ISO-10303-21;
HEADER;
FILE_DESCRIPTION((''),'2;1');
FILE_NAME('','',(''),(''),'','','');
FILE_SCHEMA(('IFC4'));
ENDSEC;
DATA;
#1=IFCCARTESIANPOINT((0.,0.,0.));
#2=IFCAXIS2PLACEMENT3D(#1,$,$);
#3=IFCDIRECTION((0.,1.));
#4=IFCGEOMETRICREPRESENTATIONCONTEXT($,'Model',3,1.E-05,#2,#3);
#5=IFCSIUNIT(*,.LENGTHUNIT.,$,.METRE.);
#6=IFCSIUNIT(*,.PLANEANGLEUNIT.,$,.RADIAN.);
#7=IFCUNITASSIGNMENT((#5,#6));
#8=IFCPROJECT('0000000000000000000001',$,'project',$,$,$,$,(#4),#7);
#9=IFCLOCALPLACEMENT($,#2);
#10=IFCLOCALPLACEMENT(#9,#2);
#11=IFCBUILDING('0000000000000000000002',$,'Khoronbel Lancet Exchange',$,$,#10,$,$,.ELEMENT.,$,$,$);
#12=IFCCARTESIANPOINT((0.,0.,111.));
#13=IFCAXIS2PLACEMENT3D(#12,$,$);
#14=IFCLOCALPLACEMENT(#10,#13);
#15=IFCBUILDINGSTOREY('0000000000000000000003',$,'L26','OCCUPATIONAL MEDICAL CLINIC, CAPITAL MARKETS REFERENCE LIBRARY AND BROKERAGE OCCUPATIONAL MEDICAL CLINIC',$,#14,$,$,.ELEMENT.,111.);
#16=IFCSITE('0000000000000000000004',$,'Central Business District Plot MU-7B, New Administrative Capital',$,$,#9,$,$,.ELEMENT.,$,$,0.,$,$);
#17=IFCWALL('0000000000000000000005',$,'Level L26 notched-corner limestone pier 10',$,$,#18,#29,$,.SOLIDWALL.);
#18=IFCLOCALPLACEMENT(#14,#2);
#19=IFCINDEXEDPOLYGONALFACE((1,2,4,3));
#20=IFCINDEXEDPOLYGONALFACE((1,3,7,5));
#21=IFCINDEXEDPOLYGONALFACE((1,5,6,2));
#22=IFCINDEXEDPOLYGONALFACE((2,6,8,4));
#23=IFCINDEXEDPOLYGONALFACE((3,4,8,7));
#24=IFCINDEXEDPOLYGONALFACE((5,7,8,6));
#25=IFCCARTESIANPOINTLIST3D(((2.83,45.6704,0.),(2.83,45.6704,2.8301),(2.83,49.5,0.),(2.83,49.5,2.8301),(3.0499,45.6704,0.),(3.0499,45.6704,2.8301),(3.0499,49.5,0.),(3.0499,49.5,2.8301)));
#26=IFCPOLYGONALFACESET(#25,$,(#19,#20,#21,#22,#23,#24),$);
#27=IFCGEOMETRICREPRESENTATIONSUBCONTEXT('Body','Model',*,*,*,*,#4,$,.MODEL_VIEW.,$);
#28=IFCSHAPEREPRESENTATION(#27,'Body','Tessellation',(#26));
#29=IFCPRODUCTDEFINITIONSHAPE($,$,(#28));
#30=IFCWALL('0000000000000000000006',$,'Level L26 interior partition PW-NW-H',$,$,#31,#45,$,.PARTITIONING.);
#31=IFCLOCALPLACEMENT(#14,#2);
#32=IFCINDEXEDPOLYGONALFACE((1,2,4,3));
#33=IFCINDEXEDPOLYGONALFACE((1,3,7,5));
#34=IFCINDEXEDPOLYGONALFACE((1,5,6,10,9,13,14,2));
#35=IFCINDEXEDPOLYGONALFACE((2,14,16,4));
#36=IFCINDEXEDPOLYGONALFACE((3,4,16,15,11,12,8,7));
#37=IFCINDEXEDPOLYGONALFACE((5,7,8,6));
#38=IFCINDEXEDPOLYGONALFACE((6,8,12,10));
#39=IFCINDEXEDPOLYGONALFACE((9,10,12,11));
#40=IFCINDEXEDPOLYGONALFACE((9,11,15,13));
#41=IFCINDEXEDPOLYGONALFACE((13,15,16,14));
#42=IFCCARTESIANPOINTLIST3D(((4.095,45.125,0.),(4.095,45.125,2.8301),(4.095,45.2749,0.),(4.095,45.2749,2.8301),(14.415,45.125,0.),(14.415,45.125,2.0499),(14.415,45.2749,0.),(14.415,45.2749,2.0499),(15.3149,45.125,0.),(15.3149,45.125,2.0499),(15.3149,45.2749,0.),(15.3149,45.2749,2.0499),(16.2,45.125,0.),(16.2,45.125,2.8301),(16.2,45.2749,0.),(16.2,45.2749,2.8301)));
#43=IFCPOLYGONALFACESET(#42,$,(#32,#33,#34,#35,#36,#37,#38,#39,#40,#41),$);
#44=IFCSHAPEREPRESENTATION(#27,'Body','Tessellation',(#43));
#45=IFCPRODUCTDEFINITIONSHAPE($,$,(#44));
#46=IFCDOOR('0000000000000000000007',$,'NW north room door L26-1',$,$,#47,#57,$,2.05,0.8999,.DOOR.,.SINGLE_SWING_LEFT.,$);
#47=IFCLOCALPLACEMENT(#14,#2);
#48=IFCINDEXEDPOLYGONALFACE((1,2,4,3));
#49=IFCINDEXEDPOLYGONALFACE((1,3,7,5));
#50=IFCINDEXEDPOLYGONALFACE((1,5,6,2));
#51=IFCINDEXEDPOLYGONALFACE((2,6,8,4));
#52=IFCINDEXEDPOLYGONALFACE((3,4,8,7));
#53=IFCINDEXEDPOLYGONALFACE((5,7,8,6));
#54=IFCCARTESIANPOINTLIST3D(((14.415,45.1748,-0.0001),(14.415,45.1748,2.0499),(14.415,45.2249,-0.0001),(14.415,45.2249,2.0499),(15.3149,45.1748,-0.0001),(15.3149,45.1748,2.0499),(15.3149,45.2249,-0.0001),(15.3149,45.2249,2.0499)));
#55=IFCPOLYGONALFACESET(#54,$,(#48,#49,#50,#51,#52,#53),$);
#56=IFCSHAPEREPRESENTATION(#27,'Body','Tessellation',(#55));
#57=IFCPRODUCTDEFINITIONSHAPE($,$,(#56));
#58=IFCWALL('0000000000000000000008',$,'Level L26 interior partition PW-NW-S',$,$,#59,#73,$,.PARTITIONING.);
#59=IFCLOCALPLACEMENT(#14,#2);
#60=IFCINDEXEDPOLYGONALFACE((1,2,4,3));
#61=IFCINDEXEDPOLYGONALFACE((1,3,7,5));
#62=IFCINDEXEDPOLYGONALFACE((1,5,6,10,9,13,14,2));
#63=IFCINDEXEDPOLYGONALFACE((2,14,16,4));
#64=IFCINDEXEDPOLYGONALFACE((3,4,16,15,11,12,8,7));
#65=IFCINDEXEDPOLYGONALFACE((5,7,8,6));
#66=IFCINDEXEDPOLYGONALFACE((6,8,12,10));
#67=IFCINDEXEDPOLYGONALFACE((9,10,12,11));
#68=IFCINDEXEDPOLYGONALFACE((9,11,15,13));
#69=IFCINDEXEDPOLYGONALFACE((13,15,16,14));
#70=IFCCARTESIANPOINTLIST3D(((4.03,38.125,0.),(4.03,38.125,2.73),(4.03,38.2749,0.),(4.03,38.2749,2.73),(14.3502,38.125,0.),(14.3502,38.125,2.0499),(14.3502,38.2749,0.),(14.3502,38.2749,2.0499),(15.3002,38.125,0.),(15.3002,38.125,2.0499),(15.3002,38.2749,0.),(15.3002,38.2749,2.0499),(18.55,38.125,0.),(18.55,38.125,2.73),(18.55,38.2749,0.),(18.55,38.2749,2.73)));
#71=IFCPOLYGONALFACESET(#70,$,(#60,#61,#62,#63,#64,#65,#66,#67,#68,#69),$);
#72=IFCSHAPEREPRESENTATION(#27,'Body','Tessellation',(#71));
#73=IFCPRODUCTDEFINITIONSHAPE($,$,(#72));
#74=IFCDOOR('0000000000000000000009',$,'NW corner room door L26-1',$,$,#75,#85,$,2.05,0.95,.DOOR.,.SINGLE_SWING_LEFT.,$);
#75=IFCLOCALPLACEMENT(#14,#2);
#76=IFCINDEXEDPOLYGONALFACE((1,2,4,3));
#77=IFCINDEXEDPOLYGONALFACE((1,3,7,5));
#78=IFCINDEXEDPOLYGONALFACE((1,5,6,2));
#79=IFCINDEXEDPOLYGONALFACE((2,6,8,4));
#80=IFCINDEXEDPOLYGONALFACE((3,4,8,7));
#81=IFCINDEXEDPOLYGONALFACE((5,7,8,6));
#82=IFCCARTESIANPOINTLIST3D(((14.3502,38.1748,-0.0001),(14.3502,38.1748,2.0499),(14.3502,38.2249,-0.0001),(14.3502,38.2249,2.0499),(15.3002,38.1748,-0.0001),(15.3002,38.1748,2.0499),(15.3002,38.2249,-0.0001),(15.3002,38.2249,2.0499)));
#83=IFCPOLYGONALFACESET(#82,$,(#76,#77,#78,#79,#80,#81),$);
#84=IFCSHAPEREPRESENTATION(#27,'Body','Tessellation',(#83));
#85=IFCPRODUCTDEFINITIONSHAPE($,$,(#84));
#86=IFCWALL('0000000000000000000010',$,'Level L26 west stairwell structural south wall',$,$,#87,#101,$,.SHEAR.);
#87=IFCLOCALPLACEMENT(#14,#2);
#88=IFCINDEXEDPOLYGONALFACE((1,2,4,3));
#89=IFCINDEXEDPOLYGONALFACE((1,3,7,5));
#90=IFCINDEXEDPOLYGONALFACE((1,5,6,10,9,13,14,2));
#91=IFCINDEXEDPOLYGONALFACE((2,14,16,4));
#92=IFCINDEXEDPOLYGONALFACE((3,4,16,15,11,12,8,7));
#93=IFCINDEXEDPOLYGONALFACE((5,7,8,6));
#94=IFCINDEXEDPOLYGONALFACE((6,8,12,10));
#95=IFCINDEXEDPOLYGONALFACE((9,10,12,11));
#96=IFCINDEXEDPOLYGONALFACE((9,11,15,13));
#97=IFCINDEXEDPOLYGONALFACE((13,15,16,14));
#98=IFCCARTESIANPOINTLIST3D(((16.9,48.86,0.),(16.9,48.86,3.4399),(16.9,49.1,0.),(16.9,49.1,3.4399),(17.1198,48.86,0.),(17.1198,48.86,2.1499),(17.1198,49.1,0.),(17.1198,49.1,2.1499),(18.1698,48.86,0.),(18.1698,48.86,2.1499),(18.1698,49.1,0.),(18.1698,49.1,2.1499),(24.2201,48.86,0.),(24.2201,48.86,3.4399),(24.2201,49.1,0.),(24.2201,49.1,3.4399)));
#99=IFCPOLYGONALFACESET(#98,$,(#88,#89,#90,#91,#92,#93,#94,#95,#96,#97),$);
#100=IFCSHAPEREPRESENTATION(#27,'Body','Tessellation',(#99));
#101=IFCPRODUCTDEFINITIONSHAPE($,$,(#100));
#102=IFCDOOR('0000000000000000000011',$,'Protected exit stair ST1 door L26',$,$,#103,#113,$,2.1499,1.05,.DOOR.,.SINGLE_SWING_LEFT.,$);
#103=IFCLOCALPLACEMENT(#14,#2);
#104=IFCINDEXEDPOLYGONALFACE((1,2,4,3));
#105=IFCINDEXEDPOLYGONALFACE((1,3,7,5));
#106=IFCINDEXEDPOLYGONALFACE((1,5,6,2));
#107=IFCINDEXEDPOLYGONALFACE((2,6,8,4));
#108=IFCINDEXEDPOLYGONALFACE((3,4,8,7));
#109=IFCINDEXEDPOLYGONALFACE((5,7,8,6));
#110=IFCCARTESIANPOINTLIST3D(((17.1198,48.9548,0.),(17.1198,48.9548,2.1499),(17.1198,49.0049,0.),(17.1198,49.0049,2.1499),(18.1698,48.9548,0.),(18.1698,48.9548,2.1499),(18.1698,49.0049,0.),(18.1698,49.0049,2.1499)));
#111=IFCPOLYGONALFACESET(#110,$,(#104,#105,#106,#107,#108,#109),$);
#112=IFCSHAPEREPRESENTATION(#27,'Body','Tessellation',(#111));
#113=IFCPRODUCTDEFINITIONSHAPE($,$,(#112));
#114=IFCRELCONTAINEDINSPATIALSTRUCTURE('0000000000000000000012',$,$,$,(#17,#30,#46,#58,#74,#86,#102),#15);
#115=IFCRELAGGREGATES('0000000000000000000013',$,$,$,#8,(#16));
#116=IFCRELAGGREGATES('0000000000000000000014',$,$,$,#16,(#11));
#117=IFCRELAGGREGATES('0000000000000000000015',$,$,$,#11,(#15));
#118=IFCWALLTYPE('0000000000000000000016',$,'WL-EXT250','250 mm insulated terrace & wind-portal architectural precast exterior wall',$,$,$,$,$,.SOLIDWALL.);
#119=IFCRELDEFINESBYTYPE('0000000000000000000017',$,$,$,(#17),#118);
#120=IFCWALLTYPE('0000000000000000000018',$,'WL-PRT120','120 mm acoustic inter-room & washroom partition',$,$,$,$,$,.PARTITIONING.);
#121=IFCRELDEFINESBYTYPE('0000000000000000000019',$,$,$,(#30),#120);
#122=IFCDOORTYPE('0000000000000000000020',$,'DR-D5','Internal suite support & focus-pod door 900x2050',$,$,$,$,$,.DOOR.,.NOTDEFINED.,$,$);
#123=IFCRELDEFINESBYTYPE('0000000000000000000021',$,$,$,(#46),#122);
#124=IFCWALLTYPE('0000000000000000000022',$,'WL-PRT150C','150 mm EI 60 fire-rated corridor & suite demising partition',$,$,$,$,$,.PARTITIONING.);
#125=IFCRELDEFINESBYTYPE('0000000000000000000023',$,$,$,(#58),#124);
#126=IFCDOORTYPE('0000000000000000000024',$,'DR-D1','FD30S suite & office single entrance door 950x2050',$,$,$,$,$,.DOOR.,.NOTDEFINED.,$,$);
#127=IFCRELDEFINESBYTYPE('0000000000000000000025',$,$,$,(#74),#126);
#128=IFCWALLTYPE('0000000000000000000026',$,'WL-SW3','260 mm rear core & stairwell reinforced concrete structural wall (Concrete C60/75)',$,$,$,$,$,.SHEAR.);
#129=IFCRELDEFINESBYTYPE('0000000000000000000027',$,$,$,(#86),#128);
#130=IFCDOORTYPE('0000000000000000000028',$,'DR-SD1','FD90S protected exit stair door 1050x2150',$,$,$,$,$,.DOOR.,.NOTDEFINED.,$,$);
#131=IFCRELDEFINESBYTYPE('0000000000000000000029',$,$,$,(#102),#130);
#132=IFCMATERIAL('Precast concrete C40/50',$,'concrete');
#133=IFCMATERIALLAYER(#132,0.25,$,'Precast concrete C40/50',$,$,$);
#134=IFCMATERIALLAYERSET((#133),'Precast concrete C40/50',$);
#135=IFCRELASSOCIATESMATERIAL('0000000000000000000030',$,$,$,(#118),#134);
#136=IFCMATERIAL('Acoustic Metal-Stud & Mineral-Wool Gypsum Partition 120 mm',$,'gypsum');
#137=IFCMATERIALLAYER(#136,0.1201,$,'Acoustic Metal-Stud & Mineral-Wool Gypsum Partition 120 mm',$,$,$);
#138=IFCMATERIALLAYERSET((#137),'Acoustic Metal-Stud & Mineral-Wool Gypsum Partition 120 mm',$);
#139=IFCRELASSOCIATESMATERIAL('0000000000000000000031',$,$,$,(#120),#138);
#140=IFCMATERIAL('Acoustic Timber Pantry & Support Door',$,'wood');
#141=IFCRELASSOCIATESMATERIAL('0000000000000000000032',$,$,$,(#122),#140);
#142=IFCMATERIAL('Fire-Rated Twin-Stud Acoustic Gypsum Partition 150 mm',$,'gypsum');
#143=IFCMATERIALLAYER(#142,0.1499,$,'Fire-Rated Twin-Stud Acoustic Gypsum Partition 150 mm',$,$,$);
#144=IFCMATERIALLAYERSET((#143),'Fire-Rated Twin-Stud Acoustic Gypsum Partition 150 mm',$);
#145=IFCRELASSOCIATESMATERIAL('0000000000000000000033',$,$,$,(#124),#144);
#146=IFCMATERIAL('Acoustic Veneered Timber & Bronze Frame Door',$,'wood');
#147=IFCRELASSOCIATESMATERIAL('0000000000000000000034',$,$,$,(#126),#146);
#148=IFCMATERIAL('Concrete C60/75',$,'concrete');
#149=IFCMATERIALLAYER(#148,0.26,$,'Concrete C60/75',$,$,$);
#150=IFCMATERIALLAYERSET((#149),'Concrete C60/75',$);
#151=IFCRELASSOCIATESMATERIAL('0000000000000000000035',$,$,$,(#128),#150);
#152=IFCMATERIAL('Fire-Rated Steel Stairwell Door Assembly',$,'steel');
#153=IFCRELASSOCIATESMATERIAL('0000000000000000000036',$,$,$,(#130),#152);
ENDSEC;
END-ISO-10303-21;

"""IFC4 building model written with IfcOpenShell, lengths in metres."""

from ifc_helpers import new_model, si_unit, direction, frame, frame_2d, origin, place, context, subcontext, project, spatial, rectangle, extrude, material, layer, layer_set, type_object, element, fill, save


model = new_model("IFC4")

# Units and contexts
model_context = context("Model", 3, precision=1e-05, world=origin(), true_north=direction((0.0, 1.0)))
body_context = subcontext(model_context, "Body", "Model", "MODEL_VIEW")
ifc_project = project(units=[si_unit("LENGTHUNIT", "METRE"), si_unit("PLANEANGLEUNIT", "RADIAN")], contexts=[model_context])

# Site, building, storey
site_placement = place(None, origin())
site = spatial("IfcSite", under=ifc_project, at=site_placement, Name="Central Business District Plot MU-7B, New Administrative Capital", CompositionType="ELEMENT", RefElevation=0.0)
building_placement = place(site_placement, origin())
building = spatial("IfcBuilding", under=site, at=building_placement, Name="Khoronbel Lancet Exchange", CompositionType="ELEMENT")
storey_placement = place(building_placement, frame((0.0, 0.0, 111.0)))
storey = spatial("IfcBuildingStorey", under=building, at=storey_placement, Name="L26", Description="OCCUPATIONAL MEDICAL CLINIC, CAPITAL MARKETS REFERENCE LIBRARY AND BROKERAGE OCCUPATIONAL MEDICAL CLINIC", CompositionType="ELEMENT", Elevation=111.0)

# Wall
ifc_material_1 = material(Name="Precast concrete C40/50", Category="concrete")
ifc_layer_1 = layer(ifc_material_1, 0.25, Name="Precast concrete C40/50")
ifc_layer_set_1 = layer_set([ifc_layer_1], Name="Precast concrete C40/50")
wall_type_1 = type_object("IfcWallType", Name="WL-EXT250", Description="250 mm insulated terrace & wind-portal architectural precast exterior wall", PredefinedType="SOLIDWALL", material=ifc_layer_set_1)
wall_1_placement = place(storey_placement, frame((2.9399, 45.6704, 0.0), z_axis=(0.0, 0.0, 1.0), x_axis=(0.0, 1.0, 0.0)))
element("IfcWall", 1, at=wall_1_placement, inside=storey, type_object=wall_type_1, Name="Level L26 notched-corner limestone pier 10", PredefinedType="SOLIDWALL", context=body_context, shape_type="SweptSolid", body=[
    extrude(rectangle(XDim=3.8296, YDim=0.22, at=frame_2d((1.9148, 0.0))), origin(), (0.0, 0.0, 1.0), 2.8301),
])

# Walls, openings, doors
ifc_material_2 = material(Name="Acoustic Metal-Stud & Mineral-Wool Gypsum Partition 120 mm", Category="gypsum")
ifc_layer_2 = layer(ifc_material_2, 0.1201, Name="Acoustic Metal-Stud & Mineral-Wool Gypsum Partition 120 mm")
ifc_layer_set_2 = layer_set([ifc_layer_2], Name="Acoustic Metal-Stud & Mineral-Wool Gypsum Partition 120 mm")
wall_type_2 = type_object("IfcWallType", Name="WL-PRT120", Description="120 mm acoustic inter-room & washroom partition", PredefinedType="PARTITIONING", material=ifc_layer_set_2)
wall_2_placement = place(storey_placement, frame((4.095, 45.2, 0.0), z_axis=(0.0, 0.0, 1.0), x_axis=(1.0, 0.0, 0.0)))
wall_2 = element("IfcWall", 2, at=wall_2_placement, inside=storey, type_object=wall_type_2, Name="Level L26 interior partition PW-NW-H", PredefinedType="PARTITIONING", context=body_context, shape_type="SweptSolid", body=[
    extrude(rectangle(XDim=12.105, YDim=0.1499, at=frame_2d((6.0525, 0.0))), origin(), (0.0, 0.0, 1.0), 2.8301),
])
opening_1_placement = place(wall_2_placement, frame((10.3201, 0.0, 0.0)))
opening_1 = element("IfcOpeningElement", 3, at=opening_1_placement, cuts=wall_2, PredefinedType="OPENING", context=body_context, shape_type="SweptSolid", body=[
    extrude(rectangle(XDim=0.8999, YDim=2.05, at=frame_2d((0.45, 1.0249))), frame((0.0, 0.085, 0.0), z_axis=(0.0, -1.0, 0.0), x_axis=(1.0, 0.0, 0.0)), (0.0, 0.0, 1.0), 0.1699),
])
ifc_material_3 = material(Name="Acoustic Timber Pantry & Support Door", Category="wood")
door_type_1 = type_object("IfcDoorType", Name="DR-D5", Description="Internal suite support & focus-pod door 900x2050", OperationType="NOTDEFINED", PredefinedType="DOOR", material=ifc_material_3)
door_1_placement = place(opening_1_placement, origin())
door_1 = element("IfcDoor", 4, at=door_1_placement, inside=storey, type_object=door_type_1, Name="NW north room door L26-1", OperationType="SINGLE_SWING_LEFT", OverallHeight=2.05, OverallWidth=0.8999, PredefinedType="DOOR", context=body_context, shape_type="SweptSolid", body=[
    extrude(rectangle(XDim=0.8999, YDim=2.05, at=frame_2d((0.45, 1.0249))), frame((0.0, 0.0249, 0.0), z_axis=(0.0, -1.0, 0.0), x_axis=(1.0, 0.0, 0.0)), (0.0, 0.0, 1.0), 0.05),
])
fill(opening_1, door_1)
ifc_material_4 = material(Name="Fire-Rated Twin-Stud Acoustic Gypsum Partition 150 mm", Category="gypsum")
ifc_layer_3 = layer(ifc_material_4, 0.1499, Name="Fire-Rated Twin-Stud Acoustic Gypsum Partition 150 mm")
ifc_layer_set_3 = layer_set([ifc_layer_3], Name="Fire-Rated Twin-Stud Acoustic Gypsum Partition 150 mm")
wall_type_3 = type_object("IfcWallType", Name="WL-PRT150C", Description="150 mm EI 60 fire-rated corridor & suite demising partition", PredefinedType="PARTITIONING", material=ifc_layer_set_3)
wall_3_placement = place(storey_placement, frame((4.03, 38.2, 0.0), z_axis=(0.0, 0.0, 1.0), x_axis=(1.0, 0.0, 0.0)))
wall_3 = element("IfcWall", 5, at=wall_3_placement, inside=storey, type_object=wall_type_3, Name="Level L26 interior partition PW-NW-S", PredefinedType="PARTITIONING", context=body_context, shape_type="SweptSolid", body=[
    extrude(rectangle(XDim=14.52, YDim=0.1499, at=frame_2d((7.26, 0.0))), origin(), (0.0, 0.0, 1.0), 2.73),
])
opening_2_placement = place(wall_3_placement, frame((10.3201, 0.0, 0.0)))
opening_2 = element("IfcOpeningElement", 6, at=opening_2_placement, cuts=wall_3, PredefinedType="OPENING", context=body_context, shape_type="SweptSolid", body=[
    extrude(rectangle(XDim=0.95, YDim=2.05, at=frame_2d((0.4751, 1.0249))), frame((0.0, 0.085, 0.0), z_axis=(0.0, -1.0, 0.0), x_axis=(1.0, 0.0, 0.0)), (0.0, 0.0, 1.0), 0.1699),
])
ifc_material_5 = material(Name="Acoustic Veneered Timber & Bronze Frame Door", Category="wood")
door_type_2 = type_object("IfcDoorType", Name="DR-D1", Description="FD30S suite & office single entrance door 950x2050", OperationType="NOTDEFINED", PredefinedType="DOOR", material=ifc_material_5)
door_2_placement = place(opening_2_placement, origin())
door_2 = element("IfcDoor", 7, at=door_2_placement, inside=storey, type_object=door_type_2, Name="NW corner room door L26-1", OperationType="SINGLE_SWING_LEFT", OverallHeight=2.05, OverallWidth=0.95, PredefinedType="DOOR", context=body_context, shape_type="SweptSolid", body=[
    extrude(rectangle(XDim=0.95, YDim=2.05, at=frame_2d((0.4751, 1.0249))), frame((0.0, 0.0249, 0.0), z_axis=(0.0, -1.0, 0.0), x_axis=(1.0, 0.0, 0.0)), (0.0, 0.0, 1.0), 0.05),
])
fill(opening_2, door_2)
ifc_material_6 = material(Name="Concrete C60/75", Category="concrete")
ifc_layer_4 = layer(ifc_material_6, 0.26, Name="Concrete C60/75")
ifc_layer_set_4 = layer_set([ifc_layer_4], Name="Concrete C60/75")
wall_type_4 = type_object("IfcWallType", Name="WL-SW3", Description="260 mm rear core & stairwell reinforced concrete structural wall (Concrete C60/75)", PredefinedType="SHEAR", material=ifc_layer_set_4)
wall_4_placement = place(storey_placement, frame((16.8999, 48.98, 0.0), z_axis=(0.0, 0.0, 1.0), x_axis=(1.0, 0.0, 0.0)))
wall_4 = element("IfcWall", 8, at=wall_4_placement, inside=storey, type_object=wall_type_4, Name="Level L26 west stairwell structural south wall", PredefinedType="SHEAR", context=body_context, shape_type="SweptSolid", body=[
    extrude(rectangle(XDim=7.3201, YDim=0.24, at=frame_2d((3.6602, 0.0))), origin(), (0.0, 0.0, 1.0), 3.4399),
])
opening_3_placement = place(wall_4_placement, frame((0.22, 0.0, 0.0)))
opening_3 = element("IfcOpeningElement", 9, at=opening_3_placement, cuts=wall_4, PredefinedType="OPENING", context=body_context, shape_type="SweptSolid", body=[
    extrude(rectangle(XDim=1.05, YDim=2.1499, at=frame_2d((0.5249, 1.075))), frame((0.0, 0.1299, 0.0), z_axis=(0.0, -1.0, 0.0), x_axis=(1.0, 0.0, 0.0)), (0.0, 0.0, 1.0), 0.26),
])
ifc_material_7 = material(Name="Fire-Rated Steel Stairwell Door Assembly", Category="steel")
door_type_3 = type_object("IfcDoorType", Name="DR-SD1", Description="FD90S protected exit stair door 1050x2150", OperationType="NOTDEFINED", PredefinedType="DOOR", material=ifc_material_7)
door_3_placement = place(opening_3_placement, origin())
door_3 = element("IfcDoor", 10, at=door_3_placement, inside=storey, type_object=door_type_3, Name="Protected exit stair ST1 door L26", OperationType="SINGLE_SWING_LEFT", OverallHeight=2.1499, OverallWidth=1.05, PredefinedType="DOOR", context=body_context, shape_type="SweptSolid", body=[
    extrude(rectangle(XDim=1.05, YDim=2.1499, at=frame_2d((0.5249, 1.075))), frame((0.0, 0.0249, 0.0), z_axis=(0.0, -1.0, 0.0), x_axis=(1.0, 0.0, 0.0)), (0.0, 0.0, 1.0), 0.05),
])
fill(opening_3, door_3)

save(model, "model.ifc")
